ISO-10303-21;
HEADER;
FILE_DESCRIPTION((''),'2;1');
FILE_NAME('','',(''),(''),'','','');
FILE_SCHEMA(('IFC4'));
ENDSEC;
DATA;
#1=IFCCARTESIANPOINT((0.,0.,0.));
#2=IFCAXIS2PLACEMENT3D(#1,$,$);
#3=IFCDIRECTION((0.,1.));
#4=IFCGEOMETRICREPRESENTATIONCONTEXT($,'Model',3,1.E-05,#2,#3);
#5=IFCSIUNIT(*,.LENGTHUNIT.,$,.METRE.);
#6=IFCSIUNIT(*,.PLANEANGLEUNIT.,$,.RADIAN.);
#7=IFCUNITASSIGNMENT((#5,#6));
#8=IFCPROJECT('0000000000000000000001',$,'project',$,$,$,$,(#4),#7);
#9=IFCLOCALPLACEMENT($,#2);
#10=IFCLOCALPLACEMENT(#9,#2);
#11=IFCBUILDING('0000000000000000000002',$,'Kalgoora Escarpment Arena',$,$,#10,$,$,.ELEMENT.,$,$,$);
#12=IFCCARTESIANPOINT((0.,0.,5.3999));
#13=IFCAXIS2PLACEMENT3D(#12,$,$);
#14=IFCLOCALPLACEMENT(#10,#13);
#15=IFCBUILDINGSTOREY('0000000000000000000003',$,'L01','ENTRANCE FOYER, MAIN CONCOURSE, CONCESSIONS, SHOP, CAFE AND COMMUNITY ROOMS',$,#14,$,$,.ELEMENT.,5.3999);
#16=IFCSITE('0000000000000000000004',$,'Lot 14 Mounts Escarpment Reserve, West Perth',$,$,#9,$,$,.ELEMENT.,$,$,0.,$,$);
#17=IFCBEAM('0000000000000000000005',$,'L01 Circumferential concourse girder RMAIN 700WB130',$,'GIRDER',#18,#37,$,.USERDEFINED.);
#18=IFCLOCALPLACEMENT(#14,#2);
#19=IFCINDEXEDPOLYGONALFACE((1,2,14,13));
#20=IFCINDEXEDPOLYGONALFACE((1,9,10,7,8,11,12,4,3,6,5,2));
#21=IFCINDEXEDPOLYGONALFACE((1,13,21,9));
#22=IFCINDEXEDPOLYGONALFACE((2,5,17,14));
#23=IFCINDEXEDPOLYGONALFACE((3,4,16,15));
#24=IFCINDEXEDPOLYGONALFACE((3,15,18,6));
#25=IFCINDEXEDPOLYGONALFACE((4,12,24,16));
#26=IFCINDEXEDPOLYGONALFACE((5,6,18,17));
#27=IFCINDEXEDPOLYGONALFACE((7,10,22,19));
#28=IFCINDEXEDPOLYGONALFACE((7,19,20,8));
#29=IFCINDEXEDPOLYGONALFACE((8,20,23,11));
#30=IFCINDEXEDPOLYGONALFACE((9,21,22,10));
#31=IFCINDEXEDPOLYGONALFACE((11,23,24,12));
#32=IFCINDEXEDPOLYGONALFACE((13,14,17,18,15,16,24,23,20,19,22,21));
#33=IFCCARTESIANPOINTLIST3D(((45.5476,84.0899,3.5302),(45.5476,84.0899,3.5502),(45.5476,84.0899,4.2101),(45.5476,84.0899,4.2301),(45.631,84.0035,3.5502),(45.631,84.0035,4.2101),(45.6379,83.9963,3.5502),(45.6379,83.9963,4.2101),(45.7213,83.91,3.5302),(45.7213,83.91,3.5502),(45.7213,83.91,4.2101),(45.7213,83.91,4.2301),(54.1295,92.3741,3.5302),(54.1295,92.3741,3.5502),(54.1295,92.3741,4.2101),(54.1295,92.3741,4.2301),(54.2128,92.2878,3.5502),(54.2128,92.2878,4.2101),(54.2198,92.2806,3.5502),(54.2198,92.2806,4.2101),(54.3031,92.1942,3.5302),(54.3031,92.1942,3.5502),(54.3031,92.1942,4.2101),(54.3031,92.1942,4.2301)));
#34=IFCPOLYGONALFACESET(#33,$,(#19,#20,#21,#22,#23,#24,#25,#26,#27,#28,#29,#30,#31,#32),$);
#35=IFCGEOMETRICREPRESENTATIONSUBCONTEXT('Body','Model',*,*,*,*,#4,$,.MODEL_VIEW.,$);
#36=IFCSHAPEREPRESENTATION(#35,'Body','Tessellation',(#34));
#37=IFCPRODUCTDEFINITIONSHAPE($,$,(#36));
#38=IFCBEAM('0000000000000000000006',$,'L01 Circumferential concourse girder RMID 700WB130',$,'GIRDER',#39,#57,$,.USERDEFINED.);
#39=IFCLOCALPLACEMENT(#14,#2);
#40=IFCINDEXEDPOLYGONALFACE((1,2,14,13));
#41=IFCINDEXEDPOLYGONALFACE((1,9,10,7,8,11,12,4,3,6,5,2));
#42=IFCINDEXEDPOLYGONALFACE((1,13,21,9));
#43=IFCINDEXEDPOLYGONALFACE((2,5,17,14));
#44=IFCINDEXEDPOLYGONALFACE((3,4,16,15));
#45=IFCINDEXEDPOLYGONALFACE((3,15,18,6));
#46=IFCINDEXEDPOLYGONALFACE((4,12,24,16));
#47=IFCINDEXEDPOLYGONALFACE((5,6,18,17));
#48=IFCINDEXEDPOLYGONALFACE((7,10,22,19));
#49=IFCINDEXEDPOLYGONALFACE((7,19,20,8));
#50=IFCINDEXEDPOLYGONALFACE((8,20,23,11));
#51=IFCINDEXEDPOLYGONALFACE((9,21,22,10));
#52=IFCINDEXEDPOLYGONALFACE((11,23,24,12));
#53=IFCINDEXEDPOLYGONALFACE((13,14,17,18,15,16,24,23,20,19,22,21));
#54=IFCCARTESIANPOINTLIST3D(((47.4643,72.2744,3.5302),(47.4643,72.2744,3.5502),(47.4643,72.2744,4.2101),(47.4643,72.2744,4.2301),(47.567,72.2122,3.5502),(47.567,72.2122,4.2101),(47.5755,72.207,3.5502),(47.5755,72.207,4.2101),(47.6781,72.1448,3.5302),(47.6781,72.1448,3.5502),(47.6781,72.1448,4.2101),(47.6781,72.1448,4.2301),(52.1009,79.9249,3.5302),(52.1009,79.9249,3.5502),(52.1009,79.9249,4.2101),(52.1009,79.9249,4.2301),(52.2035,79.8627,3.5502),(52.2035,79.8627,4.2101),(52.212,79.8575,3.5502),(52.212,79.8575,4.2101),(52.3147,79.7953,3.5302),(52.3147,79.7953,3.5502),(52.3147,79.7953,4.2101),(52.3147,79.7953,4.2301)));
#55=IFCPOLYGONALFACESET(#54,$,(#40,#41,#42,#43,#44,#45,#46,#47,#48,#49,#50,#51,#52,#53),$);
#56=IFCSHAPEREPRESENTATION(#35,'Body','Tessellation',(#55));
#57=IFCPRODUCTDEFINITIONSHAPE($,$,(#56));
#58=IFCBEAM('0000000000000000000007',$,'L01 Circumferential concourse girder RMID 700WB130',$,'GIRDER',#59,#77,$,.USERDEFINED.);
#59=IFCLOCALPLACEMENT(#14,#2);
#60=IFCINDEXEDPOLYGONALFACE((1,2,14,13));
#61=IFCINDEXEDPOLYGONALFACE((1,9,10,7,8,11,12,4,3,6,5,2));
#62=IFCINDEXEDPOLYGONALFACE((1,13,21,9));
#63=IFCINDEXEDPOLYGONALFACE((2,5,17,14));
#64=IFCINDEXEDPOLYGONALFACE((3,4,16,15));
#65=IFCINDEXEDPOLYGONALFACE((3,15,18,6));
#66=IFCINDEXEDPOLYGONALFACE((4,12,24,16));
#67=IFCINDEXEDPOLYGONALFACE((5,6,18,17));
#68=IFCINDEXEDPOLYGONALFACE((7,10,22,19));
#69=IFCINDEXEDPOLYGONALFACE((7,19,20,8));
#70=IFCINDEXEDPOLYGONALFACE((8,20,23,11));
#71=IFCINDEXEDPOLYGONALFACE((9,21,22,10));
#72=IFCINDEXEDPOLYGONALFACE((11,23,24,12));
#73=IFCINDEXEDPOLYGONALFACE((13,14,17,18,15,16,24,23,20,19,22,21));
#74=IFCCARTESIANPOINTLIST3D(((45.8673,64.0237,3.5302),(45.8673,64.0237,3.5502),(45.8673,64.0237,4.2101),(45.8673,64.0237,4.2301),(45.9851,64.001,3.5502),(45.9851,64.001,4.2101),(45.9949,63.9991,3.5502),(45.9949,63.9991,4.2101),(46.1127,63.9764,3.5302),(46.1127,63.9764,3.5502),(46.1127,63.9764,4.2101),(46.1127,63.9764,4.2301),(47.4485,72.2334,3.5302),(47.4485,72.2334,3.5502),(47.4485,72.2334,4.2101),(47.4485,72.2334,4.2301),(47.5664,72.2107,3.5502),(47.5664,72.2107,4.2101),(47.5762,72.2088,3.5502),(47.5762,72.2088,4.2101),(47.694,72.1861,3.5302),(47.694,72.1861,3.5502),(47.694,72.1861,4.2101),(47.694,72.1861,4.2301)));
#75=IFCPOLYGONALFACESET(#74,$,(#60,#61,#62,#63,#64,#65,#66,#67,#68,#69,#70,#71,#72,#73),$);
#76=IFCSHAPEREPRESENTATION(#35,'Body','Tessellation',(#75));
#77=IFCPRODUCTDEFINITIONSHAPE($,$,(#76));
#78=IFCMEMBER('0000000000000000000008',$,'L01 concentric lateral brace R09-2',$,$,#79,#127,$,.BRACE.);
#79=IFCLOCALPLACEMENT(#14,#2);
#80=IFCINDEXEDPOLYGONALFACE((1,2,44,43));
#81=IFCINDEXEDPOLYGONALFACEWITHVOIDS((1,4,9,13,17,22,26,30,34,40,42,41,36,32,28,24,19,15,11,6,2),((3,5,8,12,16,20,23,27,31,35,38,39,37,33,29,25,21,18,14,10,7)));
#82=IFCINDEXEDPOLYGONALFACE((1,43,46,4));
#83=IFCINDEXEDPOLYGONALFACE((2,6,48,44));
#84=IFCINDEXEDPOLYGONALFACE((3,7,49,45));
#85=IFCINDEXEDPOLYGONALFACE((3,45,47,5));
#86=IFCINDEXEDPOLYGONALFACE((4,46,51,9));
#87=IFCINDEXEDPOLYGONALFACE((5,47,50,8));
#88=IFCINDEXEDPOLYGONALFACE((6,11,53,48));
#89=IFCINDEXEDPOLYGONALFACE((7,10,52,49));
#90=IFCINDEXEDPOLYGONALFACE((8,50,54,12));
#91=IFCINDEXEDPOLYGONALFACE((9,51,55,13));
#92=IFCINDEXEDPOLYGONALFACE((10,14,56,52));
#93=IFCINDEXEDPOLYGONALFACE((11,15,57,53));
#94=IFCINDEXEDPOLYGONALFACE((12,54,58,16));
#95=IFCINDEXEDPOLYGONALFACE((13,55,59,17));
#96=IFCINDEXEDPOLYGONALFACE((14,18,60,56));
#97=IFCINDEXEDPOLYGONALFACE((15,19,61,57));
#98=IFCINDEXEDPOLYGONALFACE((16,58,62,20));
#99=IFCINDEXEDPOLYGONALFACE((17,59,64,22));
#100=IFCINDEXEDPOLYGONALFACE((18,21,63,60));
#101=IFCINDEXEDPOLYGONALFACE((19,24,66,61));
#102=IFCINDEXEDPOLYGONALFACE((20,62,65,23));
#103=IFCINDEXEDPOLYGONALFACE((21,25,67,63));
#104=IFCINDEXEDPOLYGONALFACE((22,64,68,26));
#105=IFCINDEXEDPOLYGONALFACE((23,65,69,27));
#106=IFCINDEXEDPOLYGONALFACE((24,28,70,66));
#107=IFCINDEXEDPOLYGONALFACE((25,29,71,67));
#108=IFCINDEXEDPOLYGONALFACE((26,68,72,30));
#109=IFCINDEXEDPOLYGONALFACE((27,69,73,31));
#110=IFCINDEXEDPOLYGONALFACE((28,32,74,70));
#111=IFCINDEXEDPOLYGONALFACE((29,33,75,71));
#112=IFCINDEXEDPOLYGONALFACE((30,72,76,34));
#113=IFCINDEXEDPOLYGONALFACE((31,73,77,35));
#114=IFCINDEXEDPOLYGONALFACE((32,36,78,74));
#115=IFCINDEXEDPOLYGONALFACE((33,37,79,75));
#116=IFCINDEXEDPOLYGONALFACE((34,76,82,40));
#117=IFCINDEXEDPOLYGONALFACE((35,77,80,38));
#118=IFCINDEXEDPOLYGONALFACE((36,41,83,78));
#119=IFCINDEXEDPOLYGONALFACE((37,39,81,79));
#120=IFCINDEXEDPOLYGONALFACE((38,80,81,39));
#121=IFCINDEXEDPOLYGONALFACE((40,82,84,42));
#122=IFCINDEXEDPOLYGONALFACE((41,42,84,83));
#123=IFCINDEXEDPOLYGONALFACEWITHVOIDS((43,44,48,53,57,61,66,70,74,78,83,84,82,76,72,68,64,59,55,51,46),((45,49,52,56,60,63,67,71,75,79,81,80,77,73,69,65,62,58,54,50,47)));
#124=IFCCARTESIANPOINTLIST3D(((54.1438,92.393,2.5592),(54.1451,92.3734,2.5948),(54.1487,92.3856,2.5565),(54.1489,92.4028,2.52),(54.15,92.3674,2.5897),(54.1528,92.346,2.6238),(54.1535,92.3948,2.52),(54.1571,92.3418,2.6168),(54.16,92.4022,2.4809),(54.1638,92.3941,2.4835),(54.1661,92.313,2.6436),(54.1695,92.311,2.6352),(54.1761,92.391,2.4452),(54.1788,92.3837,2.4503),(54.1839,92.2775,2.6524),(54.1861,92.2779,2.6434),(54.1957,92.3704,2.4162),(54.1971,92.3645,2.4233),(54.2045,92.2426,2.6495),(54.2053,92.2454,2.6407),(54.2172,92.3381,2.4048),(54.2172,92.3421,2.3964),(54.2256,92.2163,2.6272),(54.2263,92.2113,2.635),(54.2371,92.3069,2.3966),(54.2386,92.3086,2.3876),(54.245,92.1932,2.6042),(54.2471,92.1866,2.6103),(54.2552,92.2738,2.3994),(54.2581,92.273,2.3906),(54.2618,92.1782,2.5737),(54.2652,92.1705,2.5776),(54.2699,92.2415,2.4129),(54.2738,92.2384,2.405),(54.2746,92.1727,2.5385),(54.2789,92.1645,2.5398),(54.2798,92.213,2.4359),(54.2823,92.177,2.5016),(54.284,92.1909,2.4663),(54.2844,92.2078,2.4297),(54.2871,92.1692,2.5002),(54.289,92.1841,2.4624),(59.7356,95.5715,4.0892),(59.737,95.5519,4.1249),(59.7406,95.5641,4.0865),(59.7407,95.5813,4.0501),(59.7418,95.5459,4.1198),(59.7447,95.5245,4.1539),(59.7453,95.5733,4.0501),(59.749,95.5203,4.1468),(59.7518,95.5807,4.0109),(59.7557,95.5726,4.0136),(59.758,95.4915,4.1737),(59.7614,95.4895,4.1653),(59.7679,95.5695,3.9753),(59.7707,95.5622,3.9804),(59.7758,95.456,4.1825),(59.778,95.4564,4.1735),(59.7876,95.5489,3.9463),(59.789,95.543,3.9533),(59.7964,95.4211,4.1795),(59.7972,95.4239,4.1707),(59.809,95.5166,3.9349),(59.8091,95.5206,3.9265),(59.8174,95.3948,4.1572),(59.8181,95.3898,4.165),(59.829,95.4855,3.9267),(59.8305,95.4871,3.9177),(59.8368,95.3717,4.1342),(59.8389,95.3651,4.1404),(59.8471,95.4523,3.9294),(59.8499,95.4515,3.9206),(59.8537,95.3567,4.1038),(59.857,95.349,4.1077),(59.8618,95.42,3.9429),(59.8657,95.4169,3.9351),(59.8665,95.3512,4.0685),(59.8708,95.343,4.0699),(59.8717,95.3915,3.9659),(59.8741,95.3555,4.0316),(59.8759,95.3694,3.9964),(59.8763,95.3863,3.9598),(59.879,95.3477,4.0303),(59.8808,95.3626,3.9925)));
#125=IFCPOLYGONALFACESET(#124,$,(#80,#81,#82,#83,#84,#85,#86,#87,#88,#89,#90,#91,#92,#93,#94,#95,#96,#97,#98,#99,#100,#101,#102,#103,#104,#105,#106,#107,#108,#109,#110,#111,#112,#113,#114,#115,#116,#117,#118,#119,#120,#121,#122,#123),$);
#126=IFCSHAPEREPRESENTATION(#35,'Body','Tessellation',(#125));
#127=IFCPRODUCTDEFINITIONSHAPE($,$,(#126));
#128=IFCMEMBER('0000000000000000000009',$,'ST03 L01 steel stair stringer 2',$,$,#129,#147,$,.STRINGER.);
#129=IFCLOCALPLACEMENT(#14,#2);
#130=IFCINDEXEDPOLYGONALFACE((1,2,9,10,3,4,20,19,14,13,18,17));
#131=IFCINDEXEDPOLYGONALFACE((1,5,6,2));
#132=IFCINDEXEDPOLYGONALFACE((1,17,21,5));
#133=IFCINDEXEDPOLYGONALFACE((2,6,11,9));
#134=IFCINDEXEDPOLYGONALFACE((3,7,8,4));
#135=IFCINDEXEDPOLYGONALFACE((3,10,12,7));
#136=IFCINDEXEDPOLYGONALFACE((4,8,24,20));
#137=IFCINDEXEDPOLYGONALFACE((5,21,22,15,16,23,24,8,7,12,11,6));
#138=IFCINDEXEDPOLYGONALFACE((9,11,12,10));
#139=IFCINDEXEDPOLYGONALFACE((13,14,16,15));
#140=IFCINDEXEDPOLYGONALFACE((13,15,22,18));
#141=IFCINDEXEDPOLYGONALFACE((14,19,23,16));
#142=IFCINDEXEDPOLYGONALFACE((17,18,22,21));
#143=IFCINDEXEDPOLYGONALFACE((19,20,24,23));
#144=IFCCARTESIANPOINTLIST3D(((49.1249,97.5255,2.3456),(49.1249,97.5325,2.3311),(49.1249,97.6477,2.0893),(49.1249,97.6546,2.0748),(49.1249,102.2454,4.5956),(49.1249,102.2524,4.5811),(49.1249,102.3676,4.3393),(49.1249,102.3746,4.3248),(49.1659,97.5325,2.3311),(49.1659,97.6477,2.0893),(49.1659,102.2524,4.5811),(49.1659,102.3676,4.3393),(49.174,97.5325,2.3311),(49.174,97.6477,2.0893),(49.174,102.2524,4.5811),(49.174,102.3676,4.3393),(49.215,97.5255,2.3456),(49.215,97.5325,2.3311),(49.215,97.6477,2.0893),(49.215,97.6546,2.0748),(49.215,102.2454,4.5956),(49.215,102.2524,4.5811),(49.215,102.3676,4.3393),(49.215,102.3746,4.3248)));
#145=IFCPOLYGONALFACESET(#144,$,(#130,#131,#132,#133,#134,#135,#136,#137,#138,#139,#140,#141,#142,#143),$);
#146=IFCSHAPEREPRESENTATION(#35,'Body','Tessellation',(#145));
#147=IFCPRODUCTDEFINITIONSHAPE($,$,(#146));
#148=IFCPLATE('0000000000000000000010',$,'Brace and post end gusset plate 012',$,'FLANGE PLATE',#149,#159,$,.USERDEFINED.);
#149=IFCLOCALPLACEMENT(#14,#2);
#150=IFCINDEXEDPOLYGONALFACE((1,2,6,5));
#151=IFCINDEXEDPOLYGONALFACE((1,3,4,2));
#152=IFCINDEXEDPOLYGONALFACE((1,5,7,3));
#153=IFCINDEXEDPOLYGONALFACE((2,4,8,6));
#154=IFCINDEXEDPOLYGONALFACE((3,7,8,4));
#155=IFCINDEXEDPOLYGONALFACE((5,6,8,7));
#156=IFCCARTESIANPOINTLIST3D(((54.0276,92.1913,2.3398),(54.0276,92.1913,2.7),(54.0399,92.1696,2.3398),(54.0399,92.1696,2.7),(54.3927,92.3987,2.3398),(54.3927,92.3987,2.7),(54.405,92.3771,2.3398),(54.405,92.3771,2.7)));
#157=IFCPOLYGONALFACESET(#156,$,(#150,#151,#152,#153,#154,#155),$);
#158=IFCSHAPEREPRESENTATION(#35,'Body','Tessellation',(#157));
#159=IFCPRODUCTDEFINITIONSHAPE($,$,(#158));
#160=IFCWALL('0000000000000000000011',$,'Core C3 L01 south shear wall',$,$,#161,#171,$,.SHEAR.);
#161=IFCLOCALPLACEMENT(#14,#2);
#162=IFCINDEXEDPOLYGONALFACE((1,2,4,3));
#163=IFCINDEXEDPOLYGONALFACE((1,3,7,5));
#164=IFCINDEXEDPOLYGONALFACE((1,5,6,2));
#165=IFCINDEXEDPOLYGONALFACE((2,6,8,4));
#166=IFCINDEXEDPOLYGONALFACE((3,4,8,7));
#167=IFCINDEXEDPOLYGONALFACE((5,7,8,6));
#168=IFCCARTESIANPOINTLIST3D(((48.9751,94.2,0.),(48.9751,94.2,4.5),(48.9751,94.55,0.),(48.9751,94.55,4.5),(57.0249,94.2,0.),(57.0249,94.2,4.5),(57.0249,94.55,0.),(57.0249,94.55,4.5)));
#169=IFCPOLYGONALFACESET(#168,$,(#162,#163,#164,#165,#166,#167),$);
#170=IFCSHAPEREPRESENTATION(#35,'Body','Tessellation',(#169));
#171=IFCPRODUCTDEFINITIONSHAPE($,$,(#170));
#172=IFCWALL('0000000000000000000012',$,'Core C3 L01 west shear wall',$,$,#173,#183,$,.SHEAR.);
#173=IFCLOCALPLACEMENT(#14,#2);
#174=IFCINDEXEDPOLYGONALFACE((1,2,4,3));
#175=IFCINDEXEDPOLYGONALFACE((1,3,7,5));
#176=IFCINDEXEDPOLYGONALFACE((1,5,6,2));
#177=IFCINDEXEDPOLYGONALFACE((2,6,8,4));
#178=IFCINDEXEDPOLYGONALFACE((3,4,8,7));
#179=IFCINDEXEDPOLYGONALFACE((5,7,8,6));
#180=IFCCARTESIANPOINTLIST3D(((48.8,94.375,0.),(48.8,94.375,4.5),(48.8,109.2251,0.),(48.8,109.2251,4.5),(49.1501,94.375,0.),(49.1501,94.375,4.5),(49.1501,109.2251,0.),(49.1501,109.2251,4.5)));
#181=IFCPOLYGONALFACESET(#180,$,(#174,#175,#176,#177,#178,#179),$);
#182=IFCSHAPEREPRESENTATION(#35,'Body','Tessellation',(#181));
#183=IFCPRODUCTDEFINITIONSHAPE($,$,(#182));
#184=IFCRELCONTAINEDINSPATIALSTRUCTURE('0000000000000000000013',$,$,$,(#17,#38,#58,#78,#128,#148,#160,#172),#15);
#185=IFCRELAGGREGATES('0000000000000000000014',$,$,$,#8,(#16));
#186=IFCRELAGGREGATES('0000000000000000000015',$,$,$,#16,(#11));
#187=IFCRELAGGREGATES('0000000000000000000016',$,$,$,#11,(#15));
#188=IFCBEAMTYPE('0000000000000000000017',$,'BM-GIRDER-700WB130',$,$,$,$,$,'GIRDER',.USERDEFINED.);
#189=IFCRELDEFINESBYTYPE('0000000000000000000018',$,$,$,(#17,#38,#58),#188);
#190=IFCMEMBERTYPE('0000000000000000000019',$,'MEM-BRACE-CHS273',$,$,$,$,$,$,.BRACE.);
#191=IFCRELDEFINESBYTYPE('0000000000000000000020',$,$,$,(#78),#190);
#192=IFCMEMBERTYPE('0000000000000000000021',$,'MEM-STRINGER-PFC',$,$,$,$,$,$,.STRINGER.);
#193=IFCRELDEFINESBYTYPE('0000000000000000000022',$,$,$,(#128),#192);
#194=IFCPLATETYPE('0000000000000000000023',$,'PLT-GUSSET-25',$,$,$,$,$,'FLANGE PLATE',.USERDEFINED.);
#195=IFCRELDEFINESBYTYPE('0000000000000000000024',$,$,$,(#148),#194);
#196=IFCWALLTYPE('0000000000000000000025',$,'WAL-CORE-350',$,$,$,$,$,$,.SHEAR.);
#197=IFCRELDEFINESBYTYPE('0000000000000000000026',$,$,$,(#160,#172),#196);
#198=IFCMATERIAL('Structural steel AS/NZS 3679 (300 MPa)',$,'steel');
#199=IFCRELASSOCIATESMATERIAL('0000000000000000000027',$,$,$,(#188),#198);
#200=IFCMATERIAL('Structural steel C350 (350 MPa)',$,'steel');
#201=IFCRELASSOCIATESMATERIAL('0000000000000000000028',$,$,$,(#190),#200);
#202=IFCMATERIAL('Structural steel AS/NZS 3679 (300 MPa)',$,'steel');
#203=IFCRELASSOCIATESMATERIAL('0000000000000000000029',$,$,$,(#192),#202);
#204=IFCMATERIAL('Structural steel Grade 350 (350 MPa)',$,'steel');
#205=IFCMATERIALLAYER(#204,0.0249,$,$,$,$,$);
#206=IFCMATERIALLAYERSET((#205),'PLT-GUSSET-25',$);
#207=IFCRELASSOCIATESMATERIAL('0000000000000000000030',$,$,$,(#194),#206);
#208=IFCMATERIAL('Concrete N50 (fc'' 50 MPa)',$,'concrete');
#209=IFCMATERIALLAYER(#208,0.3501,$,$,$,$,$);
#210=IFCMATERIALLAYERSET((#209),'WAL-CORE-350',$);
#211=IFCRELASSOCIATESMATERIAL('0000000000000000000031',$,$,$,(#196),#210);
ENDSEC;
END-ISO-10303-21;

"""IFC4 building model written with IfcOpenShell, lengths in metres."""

from ifc_helpers import new_model, si_unit, direction, frame, frame_2d, origin, origin_2d, place, context, subcontext, project, spatial, rectangle, hollow_circle, i_section, extrude, material, layer, layer_set, material_profile, profile_set, type_object, element, save


model = new_model("IFC4")

# Units and contexts
model_context = context("Model", 3, precision=1e-05, world=origin(), true_north=direction((0.0, 1.0)))
body_context = subcontext(model_context, "Body", "Model", "MODEL_VIEW")
ifc_project = project(units=[si_unit("LENGTHUNIT", "METRE"), si_unit("PLANEANGLEUNIT", "RADIAN")], contexts=[model_context])

# Site, building, storey
site_placement = place(None, origin())
site = spatial("IfcSite", under=ifc_project, at=site_placement, Name="Lot 14 Mounts Escarpment Reserve, West Perth", CompositionType="ELEMENT", RefElevation=0.0)
building_placement = place(site_placement, origin())
building = spatial("IfcBuilding", under=site, at=building_placement, Name="Kalgoora Escarpment Arena", CompositionType="ELEMENT")
storey_placement = place(building_placement, frame((0.0, 0.0, 5.3999)))
storey = spatial("IfcBuildingStorey", under=building, at=storey_placement, Name="L01", Description="ENTRANCE FOYER, MAIN CONCOURSE, CONCESSIONS, SHOP, CAFE AND COMMUNITY ROOMS", CompositionType="ELEMENT", Elevation=5.3999)

# Beams
ifc_material_1 = material(Name="Structural steel AS/NZS 3679 (300 MPa)", Category="steel")
ifc_material_profile_1 = material_profile(ifc_material_1, i_section(OverallWidth=0.25, OverallDepth=0.7, WebThickness=0.01, FlangeThickness=0.02, at=origin_2d()))
ifc_profile_set_1 = profile_set([ifc_material_profile_1], Name="Structural steel AS/NZS 3679 (300 MPa)")
beam_type_1 = type_object("IfcBeamType", Name="BM-GIRDER-700WB130", ElementType="GIRDER", PredefinedType="USERDEFINED", material=ifc_profile_set_1)
beam_1_placement = place(storey_placement, frame((54.2163, 92.2842, 3.8801), z_axis=(-0.719472, -0.694521, 0.0), x_axis=(0.694521, -0.719472, 0.0)))
element("IfcBeam", 1, at=beam_1_placement, inside=storey, type_object=beam_type_1, Name="L01 Circumferential concourse girder RMAIN 700WB130", ObjectType="GIRDER", PredefinedType="USERDEFINED", context=body_context, shape_type="SweptSolid", body=[
    extrude(i_section(OverallWidth=0.25, OverallDepth=0.7, WebThickness=0.01, FlangeThickness=0.02, at=origin_2d()), origin(), (0.0, 0.0, 1.0), 11.928),
])
beam_2_placement = place(storey_placement, frame((52.2078, 79.8601, 3.8801), z_axis=(-0.518291, -0.855204, 0.0), x_axis=(0.855204, -0.518291, 0.0)))
element("IfcBeam", 2, at=beam_2_placement, inside=storey, type_object=beam_type_1, Name="L01 Circumferential concourse girder RMID 700WB130", ObjectType="GIRDER", PredefinedType="USERDEFINED", context=body_context, shape_type="SweptSolid", body=[
    extrude(i_section(OverallWidth=0.25, OverallDepth=0.7, WebThickness=0.01, FlangeThickness=0.02, at=origin_2d()), origin(), (0.0, 0.0, 1.0), 8.9458),
])
beam_3_placement = place(storey_placement, frame((47.5713, 72.2097, 3.8801), z_axis=(-0.189137, -0.981951, 0.0), x_axis=(0.981951, -0.189137, 0.0)))
element("IfcBeam", 3, at=beam_3_placement, inside=storey, type_object=beam_type_1, Name="L01 Circumferential concourse girder RMID 700WB130", ObjectType="GIRDER", PredefinedType="USERDEFINED", context=body_context, shape_type="SweptSolid", body=[
    extrude(i_section(OverallWidth=0.25, OverallDepth=0.7, WebThickness=0.01, FlangeThickness=0.02, at=origin_2d()), origin(), (0.0, 0.0, 1.0), 8.3606),
])

# Members
ifc_material_2 = material(Name="Structural steel C350 (350 MPa)", Category="steel")
ifc_material_profile_2 = material_profile(ifc_material_2, hollow_circle(Radius=0.1365, WallThickness=0.0093, at=origin_2d()))
ifc_profile_set_2 = profile_set([ifc_material_profile_2], Name="Structural steel C350 (350 MPa)")
member_type_1 = type_object("IfcMemberType", Name="MEM-BRACE-CHS273", PredefinedType="BRACE", material=ifc_profile_set_2)
member_1_placement = place(storey_placement, frame((54.2163, 92.2842, 2.52), z_axis=(0.845769, 0.480749, 0.23142), x_axis=(-0.494163, 0.869369, 0.0)))
element("IfcMember", 4, at=member_1_placement, inside=storey, type_object=member_type_1, Name="L01 concentric lateral brace R09-2", PredefinedType="BRACE", context=body_context, shape_type="SweptSolid", body=[
    extrude(hollow_circle(Radius=0.1365, WallThickness=0.0093, at=origin_2d()), origin(), (0.0, 0.0, 1.0), 6.6116),
])
ifc_material_3 = material(Name="Structural steel AS/NZS 3679 (300 MPa)", Category="steel")
ifc_material_profile_3 = material_profile(ifc_material_3, i_section(OverallWidth=0.0901, OverallDepth=0.3, WebThickness=0.0081, FlangeThickness=0.0161, at=origin_2d()))
ifc_profile_set_3 = profile_set([ifc_material_profile_3], Name="Structural steel AS/NZS 3679 (300 MPa)")
member_type_2 = type_object("IfcMemberType", Name="MEM-STRINGER-PFC", PredefinedType="STRINGER", material=ifc_profile_set_3)
member_2_placement = place(storey_placement, frame((49.1699, 97.5901, 2.2102), z_axis=(0.0, 0.902683, 0.430307), x_axis=(-1.0, 0.0, 0.0)))
element("IfcMember", 5, at=member_2_placement, inside=storey, type_object=member_type_2, Name="ST03 L01 steel stair stringer 2", PredefinedType="STRINGER", context=body_context, shape_type="SweptSolid", body=[
    extrude(i_section(OverallWidth=0.0901, OverallDepth=0.3, WebThickness=0.0081, FlangeThickness=0.0161, at=origin_2d()), origin(), (0.0, 0.0, 1.0), 5.2288),
])

# Plate
ifc_material_4 = material(Name="Structural steel Grade 350 (350 MPa)", Category="steel")
ifc_layer_1 = layer(ifc_material_4, 0.0249)
ifc_layer_set_1 = layer_set([ifc_layer_1], Name="PLT-GUSSET-25")
plate_type = type_object("IfcPlateType", Name="PLT-GUSSET-25", ElementType="FLANGE PLATE", PredefinedType="USERDEFINED", material=ifc_layer_set_1)
plate_placement = place(storey_placement, frame((54.2163, 92.2842, 2.3398), z_axis=(0.0, 0.0, 1.0), x_axis=(0.869495, 0.493942, 0.0)))
element("IfcPlate", 6, at=plate_placement, inside=storey, type_object=plate_type, Name="Brace and post end gusset plate 012", ObjectType="FLANGE PLATE", PredefinedType="USERDEFINED", context=body_context, shape_type="SweptSolid", body=[
    extrude(rectangle(XDim=0.4199, YDim=0.0249, at=origin_2d()), origin(), (0.0, 0.0, 1.0), 0.3601),
])

# Walls
ifc_material_5 = material(Name="Concrete N50 (fc' 50 MPa)", Category="concrete")
ifc_layer_2 = layer(ifc_material_5, 0.3501)
ifc_layer_set_2 = layer_set([ifc_layer_2], Name="WAL-CORE-350")
wall_type_1 = type_object("IfcWallType", Name="WAL-CORE-350", PredefinedType="SHEAR", material=ifc_layer_set_2)
wall_1_placement = place(storey_placement, frame((48.9751, 94.375, 0.0), z_axis=(0.0, 0.0, 1.0), x_axis=(1.0, 0.0, 0.0)))
element("IfcWall", 7, at=wall_1_placement, inside=storey, type_object=wall_type_1, Name="Core C3 L01 south shear wall", PredefinedType="SHEAR", context=body_context, shape_type="SweptSolid", body=[
    extrude(rectangle(XDim=8.0498, YDim=0.3501, at=frame_2d((4.0249, 0.0))), origin(), (0.0, 0.0, 1.0), 4.5),
])
wall_2_placement = place(storey_placement, frame((48.9751, 94.375, 0.0), z_axis=(0.0, 0.0, 1.0), x_axis=(0.0, 1.0, 0.0)))
element("IfcWall", 8, at=wall_2_placement, inside=storey, type_object=wall_type_1, Name="Core C3 L01 west shear wall", PredefinedType="SHEAR", context=body_context, shape_type="SweptSolid", body=[
    extrude(rectangle(XDim=14.8501, YDim=0.3501, at=frame_2d((7.425, 0.0))), origin(), (0.0, 0.0, 1.0), 4.5),
])

save(model, "model.ifc")
